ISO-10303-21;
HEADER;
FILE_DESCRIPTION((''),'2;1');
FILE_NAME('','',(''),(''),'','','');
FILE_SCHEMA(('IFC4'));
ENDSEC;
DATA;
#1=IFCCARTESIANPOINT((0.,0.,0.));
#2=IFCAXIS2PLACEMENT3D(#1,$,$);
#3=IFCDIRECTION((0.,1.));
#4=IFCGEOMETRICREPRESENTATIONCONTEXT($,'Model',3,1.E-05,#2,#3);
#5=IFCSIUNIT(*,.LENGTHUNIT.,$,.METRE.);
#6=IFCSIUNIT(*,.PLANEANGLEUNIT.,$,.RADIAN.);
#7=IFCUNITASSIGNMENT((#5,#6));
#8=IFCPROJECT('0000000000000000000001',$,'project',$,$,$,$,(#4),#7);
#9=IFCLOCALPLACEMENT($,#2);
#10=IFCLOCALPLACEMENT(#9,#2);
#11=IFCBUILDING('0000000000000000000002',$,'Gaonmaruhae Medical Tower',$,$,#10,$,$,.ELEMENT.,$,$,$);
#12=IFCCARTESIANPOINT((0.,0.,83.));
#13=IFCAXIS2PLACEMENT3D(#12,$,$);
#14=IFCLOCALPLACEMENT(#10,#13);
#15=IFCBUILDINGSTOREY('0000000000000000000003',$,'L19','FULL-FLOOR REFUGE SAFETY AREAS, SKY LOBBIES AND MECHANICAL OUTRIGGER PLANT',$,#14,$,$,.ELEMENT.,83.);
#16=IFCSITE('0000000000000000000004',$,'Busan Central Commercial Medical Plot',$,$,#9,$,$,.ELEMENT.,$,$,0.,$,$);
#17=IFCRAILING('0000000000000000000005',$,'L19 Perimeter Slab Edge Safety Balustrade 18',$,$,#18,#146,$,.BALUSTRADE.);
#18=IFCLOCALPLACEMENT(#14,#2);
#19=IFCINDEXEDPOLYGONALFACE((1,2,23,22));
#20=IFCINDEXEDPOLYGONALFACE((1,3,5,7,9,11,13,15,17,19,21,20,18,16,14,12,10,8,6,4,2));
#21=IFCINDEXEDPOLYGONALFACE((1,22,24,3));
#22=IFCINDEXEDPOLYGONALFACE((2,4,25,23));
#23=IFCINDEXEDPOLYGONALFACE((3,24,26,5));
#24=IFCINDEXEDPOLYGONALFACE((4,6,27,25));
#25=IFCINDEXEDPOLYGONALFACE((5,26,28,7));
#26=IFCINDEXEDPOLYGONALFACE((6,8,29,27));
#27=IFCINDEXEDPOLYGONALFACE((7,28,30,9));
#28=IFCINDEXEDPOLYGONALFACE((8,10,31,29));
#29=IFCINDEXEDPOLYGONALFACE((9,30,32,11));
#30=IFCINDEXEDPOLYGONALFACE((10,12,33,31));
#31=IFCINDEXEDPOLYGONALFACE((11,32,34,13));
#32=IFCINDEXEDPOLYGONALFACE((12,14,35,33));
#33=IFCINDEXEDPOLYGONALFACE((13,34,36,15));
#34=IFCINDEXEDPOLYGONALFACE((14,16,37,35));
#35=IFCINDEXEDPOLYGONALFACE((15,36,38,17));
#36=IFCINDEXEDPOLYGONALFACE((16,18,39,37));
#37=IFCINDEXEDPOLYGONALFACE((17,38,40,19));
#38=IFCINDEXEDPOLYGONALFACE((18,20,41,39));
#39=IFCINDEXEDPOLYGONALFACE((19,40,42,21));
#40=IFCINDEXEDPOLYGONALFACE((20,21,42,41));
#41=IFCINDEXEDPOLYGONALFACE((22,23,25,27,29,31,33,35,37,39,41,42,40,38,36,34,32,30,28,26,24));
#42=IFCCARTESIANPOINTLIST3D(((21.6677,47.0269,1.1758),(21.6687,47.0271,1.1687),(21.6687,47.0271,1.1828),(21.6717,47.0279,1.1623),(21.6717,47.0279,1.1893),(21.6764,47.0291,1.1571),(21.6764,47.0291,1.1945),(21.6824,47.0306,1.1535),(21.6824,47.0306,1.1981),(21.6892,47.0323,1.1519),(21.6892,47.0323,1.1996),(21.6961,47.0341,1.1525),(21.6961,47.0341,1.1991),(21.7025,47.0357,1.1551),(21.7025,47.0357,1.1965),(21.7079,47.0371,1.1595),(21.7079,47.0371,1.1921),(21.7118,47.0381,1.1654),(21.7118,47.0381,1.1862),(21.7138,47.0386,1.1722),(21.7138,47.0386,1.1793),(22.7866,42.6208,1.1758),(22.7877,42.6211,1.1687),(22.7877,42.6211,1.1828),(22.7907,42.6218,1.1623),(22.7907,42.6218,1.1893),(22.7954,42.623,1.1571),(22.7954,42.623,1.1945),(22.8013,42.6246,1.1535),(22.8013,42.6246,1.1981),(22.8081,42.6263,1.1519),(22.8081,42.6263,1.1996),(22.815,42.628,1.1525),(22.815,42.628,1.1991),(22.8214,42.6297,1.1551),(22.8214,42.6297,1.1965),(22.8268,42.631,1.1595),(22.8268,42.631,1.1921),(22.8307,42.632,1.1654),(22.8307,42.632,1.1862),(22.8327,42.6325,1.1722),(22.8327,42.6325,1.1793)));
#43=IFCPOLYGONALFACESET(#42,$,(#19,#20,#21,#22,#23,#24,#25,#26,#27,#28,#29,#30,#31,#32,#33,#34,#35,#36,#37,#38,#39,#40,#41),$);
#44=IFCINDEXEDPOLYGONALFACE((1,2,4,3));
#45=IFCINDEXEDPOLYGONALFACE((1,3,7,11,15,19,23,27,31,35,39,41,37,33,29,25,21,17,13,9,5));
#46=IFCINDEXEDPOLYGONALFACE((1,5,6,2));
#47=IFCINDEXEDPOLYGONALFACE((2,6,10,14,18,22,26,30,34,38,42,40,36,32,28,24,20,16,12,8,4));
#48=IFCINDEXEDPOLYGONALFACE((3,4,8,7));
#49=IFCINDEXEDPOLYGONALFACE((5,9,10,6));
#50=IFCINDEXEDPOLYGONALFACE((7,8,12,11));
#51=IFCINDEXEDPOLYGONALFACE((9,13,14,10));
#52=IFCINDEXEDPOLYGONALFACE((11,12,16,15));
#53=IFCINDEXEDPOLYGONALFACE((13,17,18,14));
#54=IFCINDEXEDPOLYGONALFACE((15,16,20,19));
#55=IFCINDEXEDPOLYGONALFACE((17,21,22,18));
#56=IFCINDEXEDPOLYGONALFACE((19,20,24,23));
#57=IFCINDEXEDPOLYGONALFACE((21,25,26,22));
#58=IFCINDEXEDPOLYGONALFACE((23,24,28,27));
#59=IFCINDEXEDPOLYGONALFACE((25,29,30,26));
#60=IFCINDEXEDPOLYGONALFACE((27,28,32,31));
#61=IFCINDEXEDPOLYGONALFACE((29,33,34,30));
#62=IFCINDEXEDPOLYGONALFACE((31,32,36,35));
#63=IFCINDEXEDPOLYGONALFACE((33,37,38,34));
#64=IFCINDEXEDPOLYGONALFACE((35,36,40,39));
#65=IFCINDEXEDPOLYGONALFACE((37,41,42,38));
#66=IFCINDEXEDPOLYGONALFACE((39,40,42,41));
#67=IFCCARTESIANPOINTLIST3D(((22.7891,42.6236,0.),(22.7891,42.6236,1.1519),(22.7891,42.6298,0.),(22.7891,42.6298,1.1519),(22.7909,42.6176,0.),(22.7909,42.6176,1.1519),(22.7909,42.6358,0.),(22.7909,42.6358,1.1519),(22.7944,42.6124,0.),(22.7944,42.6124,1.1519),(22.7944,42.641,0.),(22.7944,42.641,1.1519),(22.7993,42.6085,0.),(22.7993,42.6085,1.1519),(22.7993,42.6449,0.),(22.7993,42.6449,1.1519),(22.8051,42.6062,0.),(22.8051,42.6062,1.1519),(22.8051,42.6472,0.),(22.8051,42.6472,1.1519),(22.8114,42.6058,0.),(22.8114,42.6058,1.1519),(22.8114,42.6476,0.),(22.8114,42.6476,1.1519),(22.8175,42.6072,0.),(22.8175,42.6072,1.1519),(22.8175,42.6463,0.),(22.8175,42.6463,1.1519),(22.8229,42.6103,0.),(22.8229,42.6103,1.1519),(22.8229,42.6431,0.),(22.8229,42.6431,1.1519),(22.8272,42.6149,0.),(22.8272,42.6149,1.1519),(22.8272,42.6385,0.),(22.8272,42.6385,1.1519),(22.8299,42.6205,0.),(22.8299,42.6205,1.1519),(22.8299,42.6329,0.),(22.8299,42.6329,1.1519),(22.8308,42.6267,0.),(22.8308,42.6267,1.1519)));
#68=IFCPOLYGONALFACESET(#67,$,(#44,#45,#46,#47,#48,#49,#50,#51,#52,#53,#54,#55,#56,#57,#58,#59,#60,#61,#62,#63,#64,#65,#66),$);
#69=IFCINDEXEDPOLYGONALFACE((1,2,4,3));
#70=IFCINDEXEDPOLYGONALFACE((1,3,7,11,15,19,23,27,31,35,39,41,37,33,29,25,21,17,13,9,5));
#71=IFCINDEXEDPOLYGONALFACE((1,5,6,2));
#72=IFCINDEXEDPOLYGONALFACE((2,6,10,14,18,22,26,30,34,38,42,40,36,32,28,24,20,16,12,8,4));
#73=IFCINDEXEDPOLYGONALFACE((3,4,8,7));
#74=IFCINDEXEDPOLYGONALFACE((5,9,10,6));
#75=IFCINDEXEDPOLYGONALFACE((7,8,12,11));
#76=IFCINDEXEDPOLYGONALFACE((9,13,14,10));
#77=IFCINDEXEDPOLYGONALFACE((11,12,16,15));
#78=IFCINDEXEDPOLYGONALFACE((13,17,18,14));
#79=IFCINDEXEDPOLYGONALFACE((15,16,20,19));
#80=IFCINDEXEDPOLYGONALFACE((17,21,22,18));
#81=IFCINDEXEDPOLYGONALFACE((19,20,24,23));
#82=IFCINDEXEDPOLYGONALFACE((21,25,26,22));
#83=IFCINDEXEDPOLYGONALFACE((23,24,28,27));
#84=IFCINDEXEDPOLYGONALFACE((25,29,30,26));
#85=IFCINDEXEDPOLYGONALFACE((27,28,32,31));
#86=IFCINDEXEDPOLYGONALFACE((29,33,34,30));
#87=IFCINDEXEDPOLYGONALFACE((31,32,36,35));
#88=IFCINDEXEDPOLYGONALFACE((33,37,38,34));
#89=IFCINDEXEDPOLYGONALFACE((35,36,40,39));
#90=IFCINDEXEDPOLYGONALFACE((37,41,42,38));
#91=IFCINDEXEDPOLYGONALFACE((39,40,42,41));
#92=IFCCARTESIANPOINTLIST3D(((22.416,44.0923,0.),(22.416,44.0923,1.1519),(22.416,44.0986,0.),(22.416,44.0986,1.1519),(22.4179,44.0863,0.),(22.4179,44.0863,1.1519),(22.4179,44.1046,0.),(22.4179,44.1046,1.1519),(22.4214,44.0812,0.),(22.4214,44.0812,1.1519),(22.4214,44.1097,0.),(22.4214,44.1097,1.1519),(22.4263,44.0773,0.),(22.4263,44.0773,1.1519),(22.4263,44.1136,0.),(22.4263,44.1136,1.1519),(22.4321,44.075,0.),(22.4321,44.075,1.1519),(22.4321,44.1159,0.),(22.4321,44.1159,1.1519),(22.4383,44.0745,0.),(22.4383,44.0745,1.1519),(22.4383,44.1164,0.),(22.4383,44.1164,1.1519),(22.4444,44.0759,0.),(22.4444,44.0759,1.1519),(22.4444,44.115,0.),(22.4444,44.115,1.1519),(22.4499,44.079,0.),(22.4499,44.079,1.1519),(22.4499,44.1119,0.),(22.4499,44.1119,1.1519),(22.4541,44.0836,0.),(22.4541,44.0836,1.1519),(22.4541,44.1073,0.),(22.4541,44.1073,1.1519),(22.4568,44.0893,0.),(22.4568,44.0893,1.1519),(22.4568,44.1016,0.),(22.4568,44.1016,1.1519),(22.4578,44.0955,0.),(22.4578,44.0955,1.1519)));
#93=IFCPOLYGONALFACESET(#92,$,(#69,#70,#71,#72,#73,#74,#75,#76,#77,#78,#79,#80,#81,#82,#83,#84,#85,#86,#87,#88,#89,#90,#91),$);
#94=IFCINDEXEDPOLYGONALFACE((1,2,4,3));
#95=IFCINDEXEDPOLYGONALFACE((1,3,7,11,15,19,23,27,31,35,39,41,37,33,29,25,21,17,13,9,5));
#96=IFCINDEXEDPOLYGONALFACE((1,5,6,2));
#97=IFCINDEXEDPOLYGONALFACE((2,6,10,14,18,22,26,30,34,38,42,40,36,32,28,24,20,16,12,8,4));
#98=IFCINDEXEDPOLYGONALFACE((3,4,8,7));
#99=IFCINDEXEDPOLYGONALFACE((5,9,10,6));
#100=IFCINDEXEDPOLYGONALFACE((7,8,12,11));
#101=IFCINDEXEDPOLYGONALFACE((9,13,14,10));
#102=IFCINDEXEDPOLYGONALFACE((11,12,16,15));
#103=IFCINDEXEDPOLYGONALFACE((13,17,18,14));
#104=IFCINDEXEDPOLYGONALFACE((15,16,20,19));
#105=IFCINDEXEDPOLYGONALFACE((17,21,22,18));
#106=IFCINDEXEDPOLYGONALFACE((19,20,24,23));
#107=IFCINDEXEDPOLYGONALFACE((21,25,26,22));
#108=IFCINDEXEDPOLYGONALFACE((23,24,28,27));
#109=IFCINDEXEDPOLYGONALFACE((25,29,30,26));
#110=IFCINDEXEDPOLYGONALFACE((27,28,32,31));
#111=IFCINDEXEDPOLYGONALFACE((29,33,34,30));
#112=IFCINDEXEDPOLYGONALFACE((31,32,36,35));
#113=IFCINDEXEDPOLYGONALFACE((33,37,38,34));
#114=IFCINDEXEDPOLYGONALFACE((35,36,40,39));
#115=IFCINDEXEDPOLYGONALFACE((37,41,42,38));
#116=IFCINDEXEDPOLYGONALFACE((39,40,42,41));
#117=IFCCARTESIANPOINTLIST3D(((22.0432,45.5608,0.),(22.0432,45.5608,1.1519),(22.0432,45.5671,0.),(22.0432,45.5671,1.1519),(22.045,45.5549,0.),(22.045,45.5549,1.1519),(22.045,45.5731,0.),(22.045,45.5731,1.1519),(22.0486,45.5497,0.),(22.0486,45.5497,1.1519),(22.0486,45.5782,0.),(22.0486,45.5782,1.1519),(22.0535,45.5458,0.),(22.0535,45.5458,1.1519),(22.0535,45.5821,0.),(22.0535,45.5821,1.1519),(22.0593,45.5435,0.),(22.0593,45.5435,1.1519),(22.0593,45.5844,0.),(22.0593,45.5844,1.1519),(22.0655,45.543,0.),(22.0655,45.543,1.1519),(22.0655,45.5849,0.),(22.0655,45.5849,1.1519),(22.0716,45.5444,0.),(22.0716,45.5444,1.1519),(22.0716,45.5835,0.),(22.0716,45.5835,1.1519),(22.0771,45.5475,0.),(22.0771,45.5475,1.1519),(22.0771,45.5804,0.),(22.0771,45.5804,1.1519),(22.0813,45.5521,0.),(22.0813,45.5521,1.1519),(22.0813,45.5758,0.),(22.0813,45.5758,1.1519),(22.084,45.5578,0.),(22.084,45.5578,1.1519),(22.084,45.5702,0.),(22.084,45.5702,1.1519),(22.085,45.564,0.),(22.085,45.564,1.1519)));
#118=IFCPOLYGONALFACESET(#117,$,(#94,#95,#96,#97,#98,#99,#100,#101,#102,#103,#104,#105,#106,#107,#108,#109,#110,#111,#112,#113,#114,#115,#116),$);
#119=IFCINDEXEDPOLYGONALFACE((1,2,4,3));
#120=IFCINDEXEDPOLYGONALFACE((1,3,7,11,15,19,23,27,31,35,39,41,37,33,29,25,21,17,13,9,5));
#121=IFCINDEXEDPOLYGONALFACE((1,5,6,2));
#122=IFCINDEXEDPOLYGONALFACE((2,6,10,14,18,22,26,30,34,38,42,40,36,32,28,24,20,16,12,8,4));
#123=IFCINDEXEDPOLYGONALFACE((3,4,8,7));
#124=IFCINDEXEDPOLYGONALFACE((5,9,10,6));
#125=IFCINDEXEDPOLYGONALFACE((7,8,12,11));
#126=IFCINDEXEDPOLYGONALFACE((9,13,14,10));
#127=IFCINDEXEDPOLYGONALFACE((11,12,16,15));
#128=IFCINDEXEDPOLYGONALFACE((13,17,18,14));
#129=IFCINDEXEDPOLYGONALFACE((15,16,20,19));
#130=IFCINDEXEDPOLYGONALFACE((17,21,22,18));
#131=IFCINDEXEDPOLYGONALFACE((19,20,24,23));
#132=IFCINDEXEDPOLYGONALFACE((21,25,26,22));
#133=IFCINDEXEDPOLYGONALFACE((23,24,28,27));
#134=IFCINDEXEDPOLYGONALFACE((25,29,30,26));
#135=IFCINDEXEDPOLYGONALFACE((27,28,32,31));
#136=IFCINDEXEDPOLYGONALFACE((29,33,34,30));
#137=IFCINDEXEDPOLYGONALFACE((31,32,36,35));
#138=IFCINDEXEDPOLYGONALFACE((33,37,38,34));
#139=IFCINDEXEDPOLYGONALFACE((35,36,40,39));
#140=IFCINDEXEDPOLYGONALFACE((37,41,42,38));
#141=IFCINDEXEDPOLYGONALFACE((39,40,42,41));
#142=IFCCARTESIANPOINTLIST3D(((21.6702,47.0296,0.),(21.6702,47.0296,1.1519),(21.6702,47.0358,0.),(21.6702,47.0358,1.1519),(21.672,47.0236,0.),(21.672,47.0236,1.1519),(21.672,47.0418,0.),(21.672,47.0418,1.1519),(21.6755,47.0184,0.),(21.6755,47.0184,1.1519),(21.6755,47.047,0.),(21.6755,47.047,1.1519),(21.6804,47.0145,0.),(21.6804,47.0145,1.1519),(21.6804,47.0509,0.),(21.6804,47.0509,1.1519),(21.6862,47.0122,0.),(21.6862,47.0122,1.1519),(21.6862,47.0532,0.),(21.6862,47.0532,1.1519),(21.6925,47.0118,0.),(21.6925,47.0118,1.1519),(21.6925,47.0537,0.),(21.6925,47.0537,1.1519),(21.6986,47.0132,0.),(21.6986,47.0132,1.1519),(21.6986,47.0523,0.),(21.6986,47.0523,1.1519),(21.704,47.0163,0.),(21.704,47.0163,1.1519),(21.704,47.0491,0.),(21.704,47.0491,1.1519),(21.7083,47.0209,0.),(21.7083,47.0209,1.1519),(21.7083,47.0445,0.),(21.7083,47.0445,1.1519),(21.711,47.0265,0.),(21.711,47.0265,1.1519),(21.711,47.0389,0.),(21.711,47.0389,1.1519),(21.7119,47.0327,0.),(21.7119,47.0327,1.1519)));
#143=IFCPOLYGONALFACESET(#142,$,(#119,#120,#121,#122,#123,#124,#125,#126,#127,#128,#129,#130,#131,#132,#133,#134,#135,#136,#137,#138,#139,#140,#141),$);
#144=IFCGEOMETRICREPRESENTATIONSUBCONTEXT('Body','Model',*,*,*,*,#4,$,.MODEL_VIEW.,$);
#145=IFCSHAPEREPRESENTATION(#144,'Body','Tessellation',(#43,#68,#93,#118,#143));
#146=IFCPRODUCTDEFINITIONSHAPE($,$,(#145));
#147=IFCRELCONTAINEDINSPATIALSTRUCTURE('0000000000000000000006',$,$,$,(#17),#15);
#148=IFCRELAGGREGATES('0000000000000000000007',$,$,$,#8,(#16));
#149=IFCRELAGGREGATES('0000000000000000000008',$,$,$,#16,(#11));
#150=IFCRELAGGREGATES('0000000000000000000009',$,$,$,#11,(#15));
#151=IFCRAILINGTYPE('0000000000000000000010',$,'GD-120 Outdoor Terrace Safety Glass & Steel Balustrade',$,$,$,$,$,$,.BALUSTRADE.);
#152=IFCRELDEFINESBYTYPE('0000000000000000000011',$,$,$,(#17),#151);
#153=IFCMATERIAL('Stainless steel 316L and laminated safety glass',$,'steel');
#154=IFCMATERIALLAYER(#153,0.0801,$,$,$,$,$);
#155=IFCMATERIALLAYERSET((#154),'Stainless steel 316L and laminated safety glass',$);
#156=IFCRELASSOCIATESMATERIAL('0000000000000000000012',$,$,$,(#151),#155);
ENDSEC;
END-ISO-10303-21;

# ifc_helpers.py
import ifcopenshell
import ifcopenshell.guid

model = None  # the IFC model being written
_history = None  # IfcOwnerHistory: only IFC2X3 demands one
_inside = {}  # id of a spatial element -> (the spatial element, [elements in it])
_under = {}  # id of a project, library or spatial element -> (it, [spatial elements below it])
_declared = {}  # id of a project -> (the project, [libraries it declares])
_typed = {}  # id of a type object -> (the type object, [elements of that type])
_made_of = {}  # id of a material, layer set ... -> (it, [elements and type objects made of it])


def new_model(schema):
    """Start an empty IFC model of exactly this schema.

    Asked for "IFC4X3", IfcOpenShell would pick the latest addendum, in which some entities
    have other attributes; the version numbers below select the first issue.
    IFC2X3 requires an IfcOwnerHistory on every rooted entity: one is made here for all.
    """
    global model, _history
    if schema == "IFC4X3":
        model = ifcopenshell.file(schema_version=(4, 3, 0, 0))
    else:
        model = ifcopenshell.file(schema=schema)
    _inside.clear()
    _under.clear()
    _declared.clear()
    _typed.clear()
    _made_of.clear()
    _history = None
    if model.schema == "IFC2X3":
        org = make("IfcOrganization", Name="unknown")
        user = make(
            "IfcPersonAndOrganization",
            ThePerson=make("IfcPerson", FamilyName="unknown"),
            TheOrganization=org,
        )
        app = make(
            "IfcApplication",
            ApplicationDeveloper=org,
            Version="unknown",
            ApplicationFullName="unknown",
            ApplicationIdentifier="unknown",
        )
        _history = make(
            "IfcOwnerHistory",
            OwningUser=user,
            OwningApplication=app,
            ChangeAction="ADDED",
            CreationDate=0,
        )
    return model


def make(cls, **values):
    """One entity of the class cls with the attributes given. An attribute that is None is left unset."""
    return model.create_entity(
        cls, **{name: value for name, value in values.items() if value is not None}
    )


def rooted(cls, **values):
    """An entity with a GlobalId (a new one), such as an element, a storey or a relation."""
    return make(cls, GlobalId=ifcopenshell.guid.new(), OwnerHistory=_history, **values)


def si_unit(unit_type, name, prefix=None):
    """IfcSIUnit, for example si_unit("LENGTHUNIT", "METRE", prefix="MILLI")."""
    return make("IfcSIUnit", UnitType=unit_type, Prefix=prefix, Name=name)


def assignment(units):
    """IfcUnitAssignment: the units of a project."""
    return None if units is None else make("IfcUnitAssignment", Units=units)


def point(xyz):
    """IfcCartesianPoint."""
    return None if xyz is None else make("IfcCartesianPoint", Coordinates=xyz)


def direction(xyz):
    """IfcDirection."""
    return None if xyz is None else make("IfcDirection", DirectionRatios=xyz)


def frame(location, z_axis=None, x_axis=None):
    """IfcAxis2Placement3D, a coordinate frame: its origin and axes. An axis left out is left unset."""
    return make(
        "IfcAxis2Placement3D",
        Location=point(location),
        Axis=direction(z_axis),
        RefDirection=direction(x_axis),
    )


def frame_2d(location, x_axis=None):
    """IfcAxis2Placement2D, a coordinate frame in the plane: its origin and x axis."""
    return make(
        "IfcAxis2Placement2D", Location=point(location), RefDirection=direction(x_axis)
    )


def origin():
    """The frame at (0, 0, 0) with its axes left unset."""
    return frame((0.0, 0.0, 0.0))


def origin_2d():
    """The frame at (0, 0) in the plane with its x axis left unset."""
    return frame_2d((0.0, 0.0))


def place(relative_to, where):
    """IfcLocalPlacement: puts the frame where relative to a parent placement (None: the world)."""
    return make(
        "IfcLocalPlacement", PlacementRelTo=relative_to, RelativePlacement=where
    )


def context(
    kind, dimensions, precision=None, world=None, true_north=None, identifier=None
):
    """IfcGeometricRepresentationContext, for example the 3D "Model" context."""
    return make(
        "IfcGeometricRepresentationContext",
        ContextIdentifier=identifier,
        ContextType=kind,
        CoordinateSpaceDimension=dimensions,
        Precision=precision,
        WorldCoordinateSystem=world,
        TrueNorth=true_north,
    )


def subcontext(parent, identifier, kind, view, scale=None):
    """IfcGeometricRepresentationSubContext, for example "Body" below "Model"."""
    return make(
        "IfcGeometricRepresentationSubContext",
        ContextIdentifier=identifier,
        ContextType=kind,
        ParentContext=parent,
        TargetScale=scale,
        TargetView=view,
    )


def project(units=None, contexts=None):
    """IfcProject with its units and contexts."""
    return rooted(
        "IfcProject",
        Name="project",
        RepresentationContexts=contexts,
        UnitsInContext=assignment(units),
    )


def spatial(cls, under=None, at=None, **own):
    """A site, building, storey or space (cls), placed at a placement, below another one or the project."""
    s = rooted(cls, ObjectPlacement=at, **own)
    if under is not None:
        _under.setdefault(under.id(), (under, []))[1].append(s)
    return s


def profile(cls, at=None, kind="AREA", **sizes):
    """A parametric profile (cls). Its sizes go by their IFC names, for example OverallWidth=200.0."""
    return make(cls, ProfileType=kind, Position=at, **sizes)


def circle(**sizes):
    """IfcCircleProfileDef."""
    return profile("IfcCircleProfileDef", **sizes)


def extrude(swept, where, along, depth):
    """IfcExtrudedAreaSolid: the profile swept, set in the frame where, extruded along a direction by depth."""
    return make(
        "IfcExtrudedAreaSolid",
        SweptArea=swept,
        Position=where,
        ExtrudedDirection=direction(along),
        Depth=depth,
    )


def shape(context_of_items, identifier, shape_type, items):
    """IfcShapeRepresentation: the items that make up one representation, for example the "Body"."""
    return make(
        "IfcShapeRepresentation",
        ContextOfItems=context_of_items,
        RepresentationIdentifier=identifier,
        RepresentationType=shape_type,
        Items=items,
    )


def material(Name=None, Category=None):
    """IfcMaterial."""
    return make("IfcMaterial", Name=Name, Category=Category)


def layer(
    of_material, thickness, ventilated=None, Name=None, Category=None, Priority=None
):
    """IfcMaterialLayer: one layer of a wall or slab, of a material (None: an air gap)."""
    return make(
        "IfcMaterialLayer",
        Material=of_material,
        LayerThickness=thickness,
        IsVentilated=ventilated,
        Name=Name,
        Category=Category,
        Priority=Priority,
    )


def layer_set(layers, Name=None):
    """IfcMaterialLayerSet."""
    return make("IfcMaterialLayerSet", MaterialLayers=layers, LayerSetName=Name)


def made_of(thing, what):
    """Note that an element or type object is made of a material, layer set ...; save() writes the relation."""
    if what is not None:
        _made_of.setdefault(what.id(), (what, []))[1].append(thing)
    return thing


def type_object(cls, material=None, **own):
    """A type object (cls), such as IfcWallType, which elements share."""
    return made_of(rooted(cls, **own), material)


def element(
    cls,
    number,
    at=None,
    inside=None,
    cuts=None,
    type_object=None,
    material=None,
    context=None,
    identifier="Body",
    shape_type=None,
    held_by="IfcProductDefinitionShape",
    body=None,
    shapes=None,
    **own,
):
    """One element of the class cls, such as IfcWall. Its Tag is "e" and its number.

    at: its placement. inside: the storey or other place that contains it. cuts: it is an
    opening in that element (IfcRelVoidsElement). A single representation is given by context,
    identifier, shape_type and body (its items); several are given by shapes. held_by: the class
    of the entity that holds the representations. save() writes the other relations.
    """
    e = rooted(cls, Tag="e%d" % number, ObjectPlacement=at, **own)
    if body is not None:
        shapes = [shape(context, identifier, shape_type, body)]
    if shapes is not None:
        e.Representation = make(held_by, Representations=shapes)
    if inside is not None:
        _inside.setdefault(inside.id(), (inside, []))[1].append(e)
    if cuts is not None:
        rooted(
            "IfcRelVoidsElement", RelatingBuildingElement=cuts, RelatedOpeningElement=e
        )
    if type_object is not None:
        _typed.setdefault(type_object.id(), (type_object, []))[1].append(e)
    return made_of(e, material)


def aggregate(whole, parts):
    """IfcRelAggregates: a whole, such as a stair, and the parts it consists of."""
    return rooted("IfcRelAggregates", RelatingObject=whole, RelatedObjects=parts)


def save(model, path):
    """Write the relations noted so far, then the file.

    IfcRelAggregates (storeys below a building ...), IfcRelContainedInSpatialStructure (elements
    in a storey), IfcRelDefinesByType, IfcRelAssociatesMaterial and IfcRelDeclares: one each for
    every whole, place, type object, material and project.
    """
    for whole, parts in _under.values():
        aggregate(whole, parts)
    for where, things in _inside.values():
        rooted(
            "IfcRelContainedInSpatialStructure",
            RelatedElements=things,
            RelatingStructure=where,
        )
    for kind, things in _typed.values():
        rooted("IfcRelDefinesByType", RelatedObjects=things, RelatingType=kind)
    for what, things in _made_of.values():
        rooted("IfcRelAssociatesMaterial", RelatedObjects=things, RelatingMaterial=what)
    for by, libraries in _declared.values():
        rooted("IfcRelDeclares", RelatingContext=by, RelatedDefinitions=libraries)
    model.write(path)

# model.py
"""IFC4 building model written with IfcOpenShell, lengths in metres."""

from ifc_helpers import new_model, si_unit, direction, frame, origin, origin_2d, place, context, subcontext, project, spatial, circle, extrude, material, layer, layer_set, type_object, element, save


model = new_model("IFC4")

# Units and contexts
model_context = context("Model", 3, precision=1e-05, world=origin(), true_north=direction((0.0, 1.0)))
body_context = subcontext(model_context, "Body", "Model", "MODEL_VIEW")
ifc_project = project(units=[si_unit("LENGTHUNIT", "METRE"), si_unit("PLANEANGLEUNIT", "RADIAN")], contexts=[model_context])

# Site, building, storey
site_placement = place(None, origin())
site = spatial("IfcSite", under=ifc_project, at=site_placement, Name="Busan Central Commercial Medical Plot", CompositionType="ELEMENT", RefElevation=0.0)
building_placement = place(site_placement, origin())
building = spatial("IfcBuilding", under=site, at=building_placement, Name="Gaonmaruhae Medical Tower", CompositionType="ELEMENT")
storey_placement = place(building_placement, frame((0.0, 0.0, 83.0)))
storey = spatial("IfcBuildingStorey", under=building, at=storey_placement, Name="L19", Description="FULL-FLOOR REFUGE SAFETY AREAS, SKY LOBBIES AND MECHANICAL OUTRIGGER PLANT", CompositionType="ELEMENT", Elevation=83.0)

# Railing
ifc_material_1 = material(Name="Stainless steel 316L and laminated safety glass", Category="steel")
ifc_layer_1 = layer(ifc_material_1, 0.0801)
ifc_layer_set_1 = layer_set([ifc_layer_1], Name="Stainless steel 316L and laminated safety glass")
railing_type = type_object("IfcRailingType", Name="GD-120 Outdoor Terrace Safety Glass & Steel Balustrade", PredefinedType="BALUSTRADE", material=ifc_layer_set_1)
railing_1_placement = place(storey_placement, frame((22.8098, 42.6267, 0.0)))
element("IfcRailing", 1, at=railing_1_placement, inside=storey, type_object=railing_type, Name="L19 Perimeter Slab Edge Safety Balustrade 18", PredefinedType="BALUSTRADE", context=body_context, shape_type="SweptSolid", body=[
    extrude(circle(Radius=0.0239, at=origin_2d()), frame((0.0, 0.0, 1.1758), z_axis=(-0.246135, 0.969235, 0.0), x_axis=(-0.969235, -0.246135, 0.0)), (0.0, 0.0, 1.0), 4.5459),
    extrude(circle(Radius=0.021, at=origin_2d()), origin(), (0.0, 0.0, 1.0), 1.1519),
    extrude(circle(Radius=0.021, at=origin_2d()), frame((-0.373, 1.4688, 0.0)), (0.0, 0.0, 1.0), 1.1519),
    extrude(circle(Radius=0.021, at=origin_2d()), frame((-0.7458, 2.9373, 0.0)), (0.0, 0.0, 1.0), 1.1519),
    extrude(circle(Radius=0.021, at=origin_2d()), frame((-1.1189, 4.406, 0.0)), (0.0, 0.0, 1.0), 1.1519),
])

save(model, "model.ifc")
